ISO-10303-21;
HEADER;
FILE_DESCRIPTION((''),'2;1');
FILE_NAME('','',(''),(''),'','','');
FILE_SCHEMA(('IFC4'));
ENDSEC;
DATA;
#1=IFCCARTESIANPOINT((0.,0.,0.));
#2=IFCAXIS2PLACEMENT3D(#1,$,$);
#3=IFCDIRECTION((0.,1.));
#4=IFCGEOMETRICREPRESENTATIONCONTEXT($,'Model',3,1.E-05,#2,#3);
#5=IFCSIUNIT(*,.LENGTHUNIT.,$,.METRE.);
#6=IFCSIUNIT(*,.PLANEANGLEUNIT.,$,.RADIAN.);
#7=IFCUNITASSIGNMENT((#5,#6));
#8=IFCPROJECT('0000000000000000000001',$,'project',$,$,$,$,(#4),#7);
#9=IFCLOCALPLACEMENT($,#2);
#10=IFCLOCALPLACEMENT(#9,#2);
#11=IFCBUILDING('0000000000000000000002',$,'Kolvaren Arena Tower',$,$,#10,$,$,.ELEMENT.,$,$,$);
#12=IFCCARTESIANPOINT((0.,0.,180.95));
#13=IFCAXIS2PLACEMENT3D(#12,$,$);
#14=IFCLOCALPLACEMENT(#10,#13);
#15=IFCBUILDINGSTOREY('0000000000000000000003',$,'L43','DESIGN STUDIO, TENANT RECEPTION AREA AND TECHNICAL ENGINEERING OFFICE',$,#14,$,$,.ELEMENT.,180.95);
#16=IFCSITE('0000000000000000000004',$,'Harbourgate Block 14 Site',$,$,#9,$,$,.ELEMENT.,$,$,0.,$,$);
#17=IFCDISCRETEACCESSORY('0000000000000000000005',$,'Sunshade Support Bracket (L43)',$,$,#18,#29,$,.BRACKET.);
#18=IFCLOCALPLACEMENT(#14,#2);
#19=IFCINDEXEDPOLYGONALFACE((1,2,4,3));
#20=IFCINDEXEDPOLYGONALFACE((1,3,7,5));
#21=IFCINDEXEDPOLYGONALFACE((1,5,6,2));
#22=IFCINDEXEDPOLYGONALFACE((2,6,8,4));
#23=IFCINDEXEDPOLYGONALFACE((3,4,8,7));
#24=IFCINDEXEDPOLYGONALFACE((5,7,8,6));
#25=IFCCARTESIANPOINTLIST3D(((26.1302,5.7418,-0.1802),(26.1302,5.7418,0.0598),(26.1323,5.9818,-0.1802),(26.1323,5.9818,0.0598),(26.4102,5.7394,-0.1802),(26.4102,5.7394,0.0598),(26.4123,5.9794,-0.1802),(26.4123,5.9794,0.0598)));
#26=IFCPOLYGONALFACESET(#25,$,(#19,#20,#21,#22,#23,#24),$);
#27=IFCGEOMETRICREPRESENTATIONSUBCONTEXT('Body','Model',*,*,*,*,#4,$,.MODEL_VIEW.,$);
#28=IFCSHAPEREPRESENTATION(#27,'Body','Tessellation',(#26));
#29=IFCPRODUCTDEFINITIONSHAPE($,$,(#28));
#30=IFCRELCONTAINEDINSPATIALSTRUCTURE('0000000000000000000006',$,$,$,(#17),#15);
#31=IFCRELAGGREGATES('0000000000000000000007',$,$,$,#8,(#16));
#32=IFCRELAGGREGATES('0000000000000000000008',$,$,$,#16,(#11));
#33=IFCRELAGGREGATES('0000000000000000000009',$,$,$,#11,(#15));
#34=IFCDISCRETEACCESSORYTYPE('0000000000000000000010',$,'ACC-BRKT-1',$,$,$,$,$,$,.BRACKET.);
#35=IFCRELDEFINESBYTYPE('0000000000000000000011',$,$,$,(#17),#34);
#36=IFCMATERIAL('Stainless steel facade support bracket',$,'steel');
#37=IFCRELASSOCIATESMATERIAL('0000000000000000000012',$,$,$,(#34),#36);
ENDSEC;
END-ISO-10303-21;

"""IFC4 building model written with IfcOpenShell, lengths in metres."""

from ifc_helpers import new_model, si_unit, direction, frame, origin, origin_2d, place, context, subcontext, project, spatial, rectangle, extrude, material, type_object, element, save


model = new_model("IFC4")

# Units and contexts
model_context = context("Model", 3, precision=1e-05, world=origin(), true_north=direction((0.0, 1.0)))
body_context = subcontext(model_context, "Body", "Model", "MODEL_VIEW")
ifc_project = project(units=[si_unit("LENGTHUNIT", "METRE"), si_unit("PLANEANGLEUNIT", "RADIAN")], contexts=[model_context])

# Site, building, storey
site_placement = place(None, origin())
site = spatial("IfcSite", under=ifc_project, at=site_placement, Name="Harbourgate Block 14 Site", CompositionType="ELEMENT", RefElevation=0.0)
building_placement = place(site_placement, origin())
building = spatial("IfcBuilding", under=site, at=building_placement, Name="Kolvaren Arena Tower", CompositionType="ELEMENT")
storey_placement = place(building_placement, frame((0.0, 0.0, 180.95)))
storey = spatial("IfcBuildingStorey", under=building, at=storey_placement, Name="L43", Description="DESIGN STUDIO, TENANT RECEPTION AREA AND TECHNICAL ENGINEERING OFFICE", CompositionType="ELEMENT", Elevation=180.95)

# Discrete accessory
ifc_material_1 = material(Name="Stainless steel facade support bracket", Category="steel")
discrete_accessory_type = type_object("IfcDiscreteAccessoryType", Name="ACC-BRKT-1", PredefinedType="BRACKET", material=ifc_material_1)
discrete_accessory_placement = place(storey_placement, frame((26.2712, 5.8606, -0.1802), z_axis=(0.0, 0.0, 1.0), x_axis=(-0.999962, 0.008727, 0.0)))
element("IfcDiscreteAccessory", 1, at=discrete_accessory_placement, inside=storey, type_object=discrete_accessory_type, Name="Sunshade Support Bracket (L43)", PredefinedType="BRACKET", context=body_context, shape_type="SweptSolid", body=[
    extrude(rectangle(XDim=0.28, YDim=0.24, at=origin_2d()), origin(), (0.0, 0.0, 1.0), 0.24),
])

save(model, "model.ifc")
